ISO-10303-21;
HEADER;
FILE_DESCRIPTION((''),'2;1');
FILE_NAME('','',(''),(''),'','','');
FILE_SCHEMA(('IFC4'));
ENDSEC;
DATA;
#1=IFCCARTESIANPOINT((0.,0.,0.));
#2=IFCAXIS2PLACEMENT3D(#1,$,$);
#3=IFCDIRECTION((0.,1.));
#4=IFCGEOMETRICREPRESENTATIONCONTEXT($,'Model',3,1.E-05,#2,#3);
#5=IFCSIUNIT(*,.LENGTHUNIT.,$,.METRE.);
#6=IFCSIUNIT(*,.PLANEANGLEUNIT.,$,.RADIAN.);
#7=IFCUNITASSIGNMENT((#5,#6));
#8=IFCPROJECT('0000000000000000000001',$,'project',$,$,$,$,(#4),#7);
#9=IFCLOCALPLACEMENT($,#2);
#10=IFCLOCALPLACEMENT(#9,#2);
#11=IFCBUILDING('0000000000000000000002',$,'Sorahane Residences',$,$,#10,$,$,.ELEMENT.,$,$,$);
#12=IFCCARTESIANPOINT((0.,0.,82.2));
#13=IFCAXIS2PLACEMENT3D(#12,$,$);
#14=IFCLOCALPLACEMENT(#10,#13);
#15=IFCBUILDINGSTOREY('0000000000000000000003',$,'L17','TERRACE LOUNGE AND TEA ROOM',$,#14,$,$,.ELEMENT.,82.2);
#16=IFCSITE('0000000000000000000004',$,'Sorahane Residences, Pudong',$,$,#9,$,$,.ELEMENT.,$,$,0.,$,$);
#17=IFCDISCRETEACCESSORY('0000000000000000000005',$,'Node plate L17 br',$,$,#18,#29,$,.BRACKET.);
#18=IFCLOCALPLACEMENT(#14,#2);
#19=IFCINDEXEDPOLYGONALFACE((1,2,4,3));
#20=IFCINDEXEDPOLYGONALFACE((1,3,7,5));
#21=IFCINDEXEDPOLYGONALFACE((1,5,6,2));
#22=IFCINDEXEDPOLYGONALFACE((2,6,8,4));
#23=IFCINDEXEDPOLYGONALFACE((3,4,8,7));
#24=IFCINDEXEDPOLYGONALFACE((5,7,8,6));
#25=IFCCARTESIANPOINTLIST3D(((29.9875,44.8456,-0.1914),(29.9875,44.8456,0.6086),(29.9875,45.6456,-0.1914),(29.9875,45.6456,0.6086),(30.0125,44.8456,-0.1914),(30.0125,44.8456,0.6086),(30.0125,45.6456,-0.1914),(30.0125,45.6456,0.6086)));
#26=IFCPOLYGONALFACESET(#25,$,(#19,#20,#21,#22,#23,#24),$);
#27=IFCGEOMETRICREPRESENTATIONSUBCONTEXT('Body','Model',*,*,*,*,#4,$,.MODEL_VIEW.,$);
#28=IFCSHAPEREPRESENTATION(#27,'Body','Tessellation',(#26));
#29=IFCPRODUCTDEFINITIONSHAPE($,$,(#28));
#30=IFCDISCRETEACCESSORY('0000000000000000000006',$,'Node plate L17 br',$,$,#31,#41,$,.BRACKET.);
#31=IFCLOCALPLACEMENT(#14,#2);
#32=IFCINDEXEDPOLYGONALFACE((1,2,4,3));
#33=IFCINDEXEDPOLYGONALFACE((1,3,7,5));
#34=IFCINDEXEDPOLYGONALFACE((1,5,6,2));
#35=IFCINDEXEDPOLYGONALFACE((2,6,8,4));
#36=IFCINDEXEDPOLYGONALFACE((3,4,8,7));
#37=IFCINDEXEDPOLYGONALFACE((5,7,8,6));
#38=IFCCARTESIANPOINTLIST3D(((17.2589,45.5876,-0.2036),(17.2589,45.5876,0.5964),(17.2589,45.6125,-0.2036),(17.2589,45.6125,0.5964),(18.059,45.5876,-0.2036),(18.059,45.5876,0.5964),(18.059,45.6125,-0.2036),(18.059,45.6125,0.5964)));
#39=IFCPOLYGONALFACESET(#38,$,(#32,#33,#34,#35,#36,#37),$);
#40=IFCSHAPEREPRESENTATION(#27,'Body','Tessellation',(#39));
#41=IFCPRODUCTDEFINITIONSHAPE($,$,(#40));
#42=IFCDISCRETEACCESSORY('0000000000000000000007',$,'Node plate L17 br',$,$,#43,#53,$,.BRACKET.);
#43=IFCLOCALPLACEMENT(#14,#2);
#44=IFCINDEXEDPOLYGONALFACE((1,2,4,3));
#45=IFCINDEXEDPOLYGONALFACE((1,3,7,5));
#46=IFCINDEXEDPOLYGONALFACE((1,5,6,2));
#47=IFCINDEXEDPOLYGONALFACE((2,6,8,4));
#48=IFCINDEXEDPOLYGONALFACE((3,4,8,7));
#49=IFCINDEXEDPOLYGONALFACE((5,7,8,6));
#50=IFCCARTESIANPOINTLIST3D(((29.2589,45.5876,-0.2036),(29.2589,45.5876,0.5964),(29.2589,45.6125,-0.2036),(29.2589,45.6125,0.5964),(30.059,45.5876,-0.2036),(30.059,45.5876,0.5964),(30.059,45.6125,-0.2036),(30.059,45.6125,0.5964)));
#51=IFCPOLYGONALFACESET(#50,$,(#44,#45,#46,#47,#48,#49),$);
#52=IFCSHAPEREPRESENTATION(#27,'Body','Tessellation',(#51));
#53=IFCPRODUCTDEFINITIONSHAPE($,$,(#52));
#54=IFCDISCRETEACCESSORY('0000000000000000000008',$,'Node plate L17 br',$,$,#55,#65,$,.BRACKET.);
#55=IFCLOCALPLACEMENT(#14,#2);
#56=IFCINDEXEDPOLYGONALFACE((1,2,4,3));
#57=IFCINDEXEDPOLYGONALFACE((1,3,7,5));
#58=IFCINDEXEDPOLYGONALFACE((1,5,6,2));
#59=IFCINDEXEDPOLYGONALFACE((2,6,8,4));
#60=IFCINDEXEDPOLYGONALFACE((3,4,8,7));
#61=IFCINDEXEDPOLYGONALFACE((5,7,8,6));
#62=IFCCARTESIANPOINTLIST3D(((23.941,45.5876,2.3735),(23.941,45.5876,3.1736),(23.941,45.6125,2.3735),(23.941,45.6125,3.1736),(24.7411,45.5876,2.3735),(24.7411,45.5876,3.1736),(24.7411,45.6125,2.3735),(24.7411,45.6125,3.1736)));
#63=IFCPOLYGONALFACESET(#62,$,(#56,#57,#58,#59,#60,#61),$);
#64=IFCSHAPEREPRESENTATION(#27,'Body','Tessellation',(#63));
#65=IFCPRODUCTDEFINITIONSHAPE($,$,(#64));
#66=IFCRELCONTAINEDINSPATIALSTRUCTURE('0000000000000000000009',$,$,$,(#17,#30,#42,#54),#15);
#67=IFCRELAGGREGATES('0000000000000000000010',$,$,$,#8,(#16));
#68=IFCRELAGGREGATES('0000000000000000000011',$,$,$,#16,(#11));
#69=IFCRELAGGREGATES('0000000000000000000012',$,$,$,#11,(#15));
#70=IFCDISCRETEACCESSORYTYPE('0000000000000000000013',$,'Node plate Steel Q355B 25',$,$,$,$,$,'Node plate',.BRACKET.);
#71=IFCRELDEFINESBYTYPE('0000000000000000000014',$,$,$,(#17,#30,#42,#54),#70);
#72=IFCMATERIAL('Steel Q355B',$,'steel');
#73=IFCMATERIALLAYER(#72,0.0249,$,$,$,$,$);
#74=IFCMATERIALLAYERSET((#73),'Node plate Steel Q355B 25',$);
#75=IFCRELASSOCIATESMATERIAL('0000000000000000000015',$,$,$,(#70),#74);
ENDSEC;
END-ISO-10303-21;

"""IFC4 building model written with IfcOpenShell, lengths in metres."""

from ifc_helpers import new_model, si_unit, direction, frame, origin, origin_2d, place, context, subcontext, project, spatial, rectangle, extrude, material, layer, layer_set, type_object, element, save


model = new_model("IFC4")

# Units and contexts
model_context = context("Model", 3, precision=1e-05, world=origin(), true_north=direction((0.0, 1.0)))
body_context = subcontext(model_context, "Body", "Model", "MODEL_VIEW")
ifc_project = project(units=[si_unit("LENGTHUNIT", "METRE"), si_unit("PLANEANGLEUNIT", "RADIAN")], contexts=[model_context])

# Site, building, storey
site_placement = place(None, origin())
site = spatial("IfcSite", under=ifc_project, at=site_placement, Name="Sorahane Residences, Pudong", CompositionType="ELEMENT", RefElevation=0.0)
building_placement = place(site_placement, origin())
building = spatial("IfcBuilding", under=site, at=building_placement, Name="Sorahane Residences", CompositionType="ELEMENT")
storey_placement = place(building_placement, frame((0.0, 0.0, 82.2)))
storey = spatial("IfcBuildingStorey", under=building, at=storey_placement, Name="L17", Description="TERRACE LOUNGE AND TEA ROOM", CompositionType="ELEMENT", Elevation=82.2)

# Discrete accessories
ifc_material_1 = material(Name="Steel Q355B", Category="steel")
ifc_layer_1 = layer(ifc_material_1, 0.0249)
ifc_layer_set_1 = layer_set([ifc_layer_1], Name="Node plate Steel Q355B 25")
discrete_accessory_type = type_object("IfcDiscreteAccessoryType", Name="Node plate Steel Q355B 25", ElementType="Node plate", PredefinedType="BRACKET", material=ifc_layer_set_1)
for number, where, z_axis, x_axis, name in (
    (1, (30.0, 45.2456, -0.1914), (0.0, 0.0, 1.0), (0.0, 1.0, 0.0), "Node plate L17 br"),
    (2, (17.6589, 45.6001, -0.2036), (0.0, 0.0, 1.0), (1.0, 0.0, 0.0), "Node plate L17 br"),
    (3, (29.6589, 45.6001, -0.2036), (0.0, 0.0, 1.0), (1.0, 0.0, 0.0), "Node plate L17 br"),
    (4, (24.3411, 45.6001, 2.3735), (0.0, 0.0, 1.0), (1.0, 0.0, 0.0), "Node plate L17 br"),
):
    element("IfcDiscreteAccessory", number, at=place(storey_placement, frame(where, z_axis=z_axis, x_axis=x_axis)), inside=storey, type_object=discrete_accessory_type, Name=name, PredefinedType="BRACKET", context=body_context, shape_type="SweptSolid", body=[
        extrude(rectangle(XDim=0.8, YDim=0.0249, at=origin_2d()), origin(), (0.0, 0.0, 1.0), 0.8),
    ])

save(model, "model.ifc")
